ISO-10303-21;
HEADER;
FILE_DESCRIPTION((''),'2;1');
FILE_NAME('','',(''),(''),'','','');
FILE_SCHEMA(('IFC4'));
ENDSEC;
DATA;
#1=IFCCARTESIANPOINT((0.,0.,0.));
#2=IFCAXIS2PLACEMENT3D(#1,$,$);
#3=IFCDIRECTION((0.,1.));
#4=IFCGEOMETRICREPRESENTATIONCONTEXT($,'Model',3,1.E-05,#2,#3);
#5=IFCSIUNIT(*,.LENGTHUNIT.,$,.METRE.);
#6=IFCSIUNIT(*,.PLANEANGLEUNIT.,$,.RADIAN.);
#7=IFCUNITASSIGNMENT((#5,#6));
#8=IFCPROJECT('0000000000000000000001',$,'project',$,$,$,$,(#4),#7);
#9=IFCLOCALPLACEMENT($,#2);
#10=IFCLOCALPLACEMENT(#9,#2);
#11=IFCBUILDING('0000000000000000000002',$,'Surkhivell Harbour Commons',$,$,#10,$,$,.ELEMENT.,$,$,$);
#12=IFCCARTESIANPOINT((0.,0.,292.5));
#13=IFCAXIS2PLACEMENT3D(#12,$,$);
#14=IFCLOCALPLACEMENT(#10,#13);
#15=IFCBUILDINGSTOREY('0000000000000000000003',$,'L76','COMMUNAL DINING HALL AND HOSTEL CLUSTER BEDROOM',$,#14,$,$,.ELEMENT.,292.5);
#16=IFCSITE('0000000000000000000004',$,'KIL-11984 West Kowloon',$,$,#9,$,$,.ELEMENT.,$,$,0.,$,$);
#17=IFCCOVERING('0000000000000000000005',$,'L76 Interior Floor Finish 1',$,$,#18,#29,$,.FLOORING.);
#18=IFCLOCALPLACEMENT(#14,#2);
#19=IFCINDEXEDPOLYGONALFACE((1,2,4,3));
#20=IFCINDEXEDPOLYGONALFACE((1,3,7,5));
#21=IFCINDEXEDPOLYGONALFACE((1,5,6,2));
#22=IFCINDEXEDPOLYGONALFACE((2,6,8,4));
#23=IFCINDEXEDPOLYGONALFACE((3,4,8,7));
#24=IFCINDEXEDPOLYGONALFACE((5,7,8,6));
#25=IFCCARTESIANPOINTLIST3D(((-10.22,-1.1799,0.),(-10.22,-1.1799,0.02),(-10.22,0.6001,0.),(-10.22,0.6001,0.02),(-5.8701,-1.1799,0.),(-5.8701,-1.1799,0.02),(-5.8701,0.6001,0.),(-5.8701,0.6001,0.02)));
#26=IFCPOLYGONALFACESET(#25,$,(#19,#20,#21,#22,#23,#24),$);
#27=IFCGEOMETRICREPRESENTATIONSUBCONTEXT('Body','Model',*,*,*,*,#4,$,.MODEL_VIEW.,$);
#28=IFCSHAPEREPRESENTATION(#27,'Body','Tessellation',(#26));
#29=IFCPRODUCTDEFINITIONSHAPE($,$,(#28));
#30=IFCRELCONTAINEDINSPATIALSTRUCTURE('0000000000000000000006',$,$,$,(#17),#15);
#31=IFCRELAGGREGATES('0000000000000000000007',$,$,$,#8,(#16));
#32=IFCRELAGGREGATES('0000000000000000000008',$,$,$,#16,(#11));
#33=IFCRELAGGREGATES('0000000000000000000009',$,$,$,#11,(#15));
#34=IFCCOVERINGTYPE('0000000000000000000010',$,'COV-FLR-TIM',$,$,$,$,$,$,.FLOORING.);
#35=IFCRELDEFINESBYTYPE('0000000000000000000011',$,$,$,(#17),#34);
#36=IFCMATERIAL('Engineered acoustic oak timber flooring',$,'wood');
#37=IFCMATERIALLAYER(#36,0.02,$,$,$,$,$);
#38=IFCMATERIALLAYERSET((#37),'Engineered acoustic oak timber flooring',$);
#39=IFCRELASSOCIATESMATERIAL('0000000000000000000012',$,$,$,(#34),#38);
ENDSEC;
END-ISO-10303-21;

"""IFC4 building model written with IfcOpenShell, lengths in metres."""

from ifc_helpers import new_model, si_unit, direction, frame, origin, place, context, subcontext, project, spatial, polyline, outline, extrude, material, layer, layer_set, type_object, element, save


model = new_model("IFC4")

# Units and contexts
model_context = context("Model", 3, precision=1e-05, world=origin(), true_north=direction((0.0, 1.0)))
body_context = subcontext(model_context, "Body", "Model", "MODEL_VIEW")
ifc_project = project(units=[si_unit("LENGTHUNIT", "METRE"), si_unit("PLANEANGLEUNIT", "RADIAN")], contexts=[model_context])

# Site, building, storey
site_placement = place(None, origin())
site = spatial("IfcSite", under=ifc_project, at=site_placement, Name="KIL-11984 West Kowloon", CompositionType="ELEMENT", RefElevation=0.0)
building_placement = place(site_placement, origin())
building = spatial("IfcBuilding", under=site, at=building_placement, Name="Surkhivell Harbour Commons", CompositionType="ELEMENT")
storey_placement = place(building_placement, frame((0.0, 0.0, 292.5)))
storey = spatial("IfcBuildingStorey", under=building, at=storey_placement, Name="L76", Description="COMMUNAL DINING HALL AND HOSTEL CLUSTER BEDROOM", CompositionType="ELEMENT", Elevation=292.5)

# Covering
ifc_material_1 = material(Name="Engineered acoustic oak timber flooring", Category="wood")
ifc_layer_1 = layer(ifc_material_1, 0.02)
ifc_layer_set_1 = layer_set([ifc_layer_1], Name="Engineered acoustic oak timber flooring")
covering_type_1 = type_object("IfcCoveringType", Name="COV-FLR-TIM", PredefinedType="FLOORING", material=ifc_layer_set_1)
covering_1_placement = place(storey_placement, origin())
element("IfcCovering", 1, at=covering_1_placement, inside=storey, type_object=covering_type_1, Name="L76 Interior Floor Finish 1", PredefinedType="FLOORING", context=body_context, shape_type="SweptSolid", body=[
    extrude(outline(polyline([(-10.22, -1.1799), (-5.8701, -1.1799), (-5.8701, 0.6001), (-10.22, 0.6001), (-10.22, -1.1799)])), origin(), (0.0, 0.0, 1.0), 0.02),
])

save(model, "model.ifc")
